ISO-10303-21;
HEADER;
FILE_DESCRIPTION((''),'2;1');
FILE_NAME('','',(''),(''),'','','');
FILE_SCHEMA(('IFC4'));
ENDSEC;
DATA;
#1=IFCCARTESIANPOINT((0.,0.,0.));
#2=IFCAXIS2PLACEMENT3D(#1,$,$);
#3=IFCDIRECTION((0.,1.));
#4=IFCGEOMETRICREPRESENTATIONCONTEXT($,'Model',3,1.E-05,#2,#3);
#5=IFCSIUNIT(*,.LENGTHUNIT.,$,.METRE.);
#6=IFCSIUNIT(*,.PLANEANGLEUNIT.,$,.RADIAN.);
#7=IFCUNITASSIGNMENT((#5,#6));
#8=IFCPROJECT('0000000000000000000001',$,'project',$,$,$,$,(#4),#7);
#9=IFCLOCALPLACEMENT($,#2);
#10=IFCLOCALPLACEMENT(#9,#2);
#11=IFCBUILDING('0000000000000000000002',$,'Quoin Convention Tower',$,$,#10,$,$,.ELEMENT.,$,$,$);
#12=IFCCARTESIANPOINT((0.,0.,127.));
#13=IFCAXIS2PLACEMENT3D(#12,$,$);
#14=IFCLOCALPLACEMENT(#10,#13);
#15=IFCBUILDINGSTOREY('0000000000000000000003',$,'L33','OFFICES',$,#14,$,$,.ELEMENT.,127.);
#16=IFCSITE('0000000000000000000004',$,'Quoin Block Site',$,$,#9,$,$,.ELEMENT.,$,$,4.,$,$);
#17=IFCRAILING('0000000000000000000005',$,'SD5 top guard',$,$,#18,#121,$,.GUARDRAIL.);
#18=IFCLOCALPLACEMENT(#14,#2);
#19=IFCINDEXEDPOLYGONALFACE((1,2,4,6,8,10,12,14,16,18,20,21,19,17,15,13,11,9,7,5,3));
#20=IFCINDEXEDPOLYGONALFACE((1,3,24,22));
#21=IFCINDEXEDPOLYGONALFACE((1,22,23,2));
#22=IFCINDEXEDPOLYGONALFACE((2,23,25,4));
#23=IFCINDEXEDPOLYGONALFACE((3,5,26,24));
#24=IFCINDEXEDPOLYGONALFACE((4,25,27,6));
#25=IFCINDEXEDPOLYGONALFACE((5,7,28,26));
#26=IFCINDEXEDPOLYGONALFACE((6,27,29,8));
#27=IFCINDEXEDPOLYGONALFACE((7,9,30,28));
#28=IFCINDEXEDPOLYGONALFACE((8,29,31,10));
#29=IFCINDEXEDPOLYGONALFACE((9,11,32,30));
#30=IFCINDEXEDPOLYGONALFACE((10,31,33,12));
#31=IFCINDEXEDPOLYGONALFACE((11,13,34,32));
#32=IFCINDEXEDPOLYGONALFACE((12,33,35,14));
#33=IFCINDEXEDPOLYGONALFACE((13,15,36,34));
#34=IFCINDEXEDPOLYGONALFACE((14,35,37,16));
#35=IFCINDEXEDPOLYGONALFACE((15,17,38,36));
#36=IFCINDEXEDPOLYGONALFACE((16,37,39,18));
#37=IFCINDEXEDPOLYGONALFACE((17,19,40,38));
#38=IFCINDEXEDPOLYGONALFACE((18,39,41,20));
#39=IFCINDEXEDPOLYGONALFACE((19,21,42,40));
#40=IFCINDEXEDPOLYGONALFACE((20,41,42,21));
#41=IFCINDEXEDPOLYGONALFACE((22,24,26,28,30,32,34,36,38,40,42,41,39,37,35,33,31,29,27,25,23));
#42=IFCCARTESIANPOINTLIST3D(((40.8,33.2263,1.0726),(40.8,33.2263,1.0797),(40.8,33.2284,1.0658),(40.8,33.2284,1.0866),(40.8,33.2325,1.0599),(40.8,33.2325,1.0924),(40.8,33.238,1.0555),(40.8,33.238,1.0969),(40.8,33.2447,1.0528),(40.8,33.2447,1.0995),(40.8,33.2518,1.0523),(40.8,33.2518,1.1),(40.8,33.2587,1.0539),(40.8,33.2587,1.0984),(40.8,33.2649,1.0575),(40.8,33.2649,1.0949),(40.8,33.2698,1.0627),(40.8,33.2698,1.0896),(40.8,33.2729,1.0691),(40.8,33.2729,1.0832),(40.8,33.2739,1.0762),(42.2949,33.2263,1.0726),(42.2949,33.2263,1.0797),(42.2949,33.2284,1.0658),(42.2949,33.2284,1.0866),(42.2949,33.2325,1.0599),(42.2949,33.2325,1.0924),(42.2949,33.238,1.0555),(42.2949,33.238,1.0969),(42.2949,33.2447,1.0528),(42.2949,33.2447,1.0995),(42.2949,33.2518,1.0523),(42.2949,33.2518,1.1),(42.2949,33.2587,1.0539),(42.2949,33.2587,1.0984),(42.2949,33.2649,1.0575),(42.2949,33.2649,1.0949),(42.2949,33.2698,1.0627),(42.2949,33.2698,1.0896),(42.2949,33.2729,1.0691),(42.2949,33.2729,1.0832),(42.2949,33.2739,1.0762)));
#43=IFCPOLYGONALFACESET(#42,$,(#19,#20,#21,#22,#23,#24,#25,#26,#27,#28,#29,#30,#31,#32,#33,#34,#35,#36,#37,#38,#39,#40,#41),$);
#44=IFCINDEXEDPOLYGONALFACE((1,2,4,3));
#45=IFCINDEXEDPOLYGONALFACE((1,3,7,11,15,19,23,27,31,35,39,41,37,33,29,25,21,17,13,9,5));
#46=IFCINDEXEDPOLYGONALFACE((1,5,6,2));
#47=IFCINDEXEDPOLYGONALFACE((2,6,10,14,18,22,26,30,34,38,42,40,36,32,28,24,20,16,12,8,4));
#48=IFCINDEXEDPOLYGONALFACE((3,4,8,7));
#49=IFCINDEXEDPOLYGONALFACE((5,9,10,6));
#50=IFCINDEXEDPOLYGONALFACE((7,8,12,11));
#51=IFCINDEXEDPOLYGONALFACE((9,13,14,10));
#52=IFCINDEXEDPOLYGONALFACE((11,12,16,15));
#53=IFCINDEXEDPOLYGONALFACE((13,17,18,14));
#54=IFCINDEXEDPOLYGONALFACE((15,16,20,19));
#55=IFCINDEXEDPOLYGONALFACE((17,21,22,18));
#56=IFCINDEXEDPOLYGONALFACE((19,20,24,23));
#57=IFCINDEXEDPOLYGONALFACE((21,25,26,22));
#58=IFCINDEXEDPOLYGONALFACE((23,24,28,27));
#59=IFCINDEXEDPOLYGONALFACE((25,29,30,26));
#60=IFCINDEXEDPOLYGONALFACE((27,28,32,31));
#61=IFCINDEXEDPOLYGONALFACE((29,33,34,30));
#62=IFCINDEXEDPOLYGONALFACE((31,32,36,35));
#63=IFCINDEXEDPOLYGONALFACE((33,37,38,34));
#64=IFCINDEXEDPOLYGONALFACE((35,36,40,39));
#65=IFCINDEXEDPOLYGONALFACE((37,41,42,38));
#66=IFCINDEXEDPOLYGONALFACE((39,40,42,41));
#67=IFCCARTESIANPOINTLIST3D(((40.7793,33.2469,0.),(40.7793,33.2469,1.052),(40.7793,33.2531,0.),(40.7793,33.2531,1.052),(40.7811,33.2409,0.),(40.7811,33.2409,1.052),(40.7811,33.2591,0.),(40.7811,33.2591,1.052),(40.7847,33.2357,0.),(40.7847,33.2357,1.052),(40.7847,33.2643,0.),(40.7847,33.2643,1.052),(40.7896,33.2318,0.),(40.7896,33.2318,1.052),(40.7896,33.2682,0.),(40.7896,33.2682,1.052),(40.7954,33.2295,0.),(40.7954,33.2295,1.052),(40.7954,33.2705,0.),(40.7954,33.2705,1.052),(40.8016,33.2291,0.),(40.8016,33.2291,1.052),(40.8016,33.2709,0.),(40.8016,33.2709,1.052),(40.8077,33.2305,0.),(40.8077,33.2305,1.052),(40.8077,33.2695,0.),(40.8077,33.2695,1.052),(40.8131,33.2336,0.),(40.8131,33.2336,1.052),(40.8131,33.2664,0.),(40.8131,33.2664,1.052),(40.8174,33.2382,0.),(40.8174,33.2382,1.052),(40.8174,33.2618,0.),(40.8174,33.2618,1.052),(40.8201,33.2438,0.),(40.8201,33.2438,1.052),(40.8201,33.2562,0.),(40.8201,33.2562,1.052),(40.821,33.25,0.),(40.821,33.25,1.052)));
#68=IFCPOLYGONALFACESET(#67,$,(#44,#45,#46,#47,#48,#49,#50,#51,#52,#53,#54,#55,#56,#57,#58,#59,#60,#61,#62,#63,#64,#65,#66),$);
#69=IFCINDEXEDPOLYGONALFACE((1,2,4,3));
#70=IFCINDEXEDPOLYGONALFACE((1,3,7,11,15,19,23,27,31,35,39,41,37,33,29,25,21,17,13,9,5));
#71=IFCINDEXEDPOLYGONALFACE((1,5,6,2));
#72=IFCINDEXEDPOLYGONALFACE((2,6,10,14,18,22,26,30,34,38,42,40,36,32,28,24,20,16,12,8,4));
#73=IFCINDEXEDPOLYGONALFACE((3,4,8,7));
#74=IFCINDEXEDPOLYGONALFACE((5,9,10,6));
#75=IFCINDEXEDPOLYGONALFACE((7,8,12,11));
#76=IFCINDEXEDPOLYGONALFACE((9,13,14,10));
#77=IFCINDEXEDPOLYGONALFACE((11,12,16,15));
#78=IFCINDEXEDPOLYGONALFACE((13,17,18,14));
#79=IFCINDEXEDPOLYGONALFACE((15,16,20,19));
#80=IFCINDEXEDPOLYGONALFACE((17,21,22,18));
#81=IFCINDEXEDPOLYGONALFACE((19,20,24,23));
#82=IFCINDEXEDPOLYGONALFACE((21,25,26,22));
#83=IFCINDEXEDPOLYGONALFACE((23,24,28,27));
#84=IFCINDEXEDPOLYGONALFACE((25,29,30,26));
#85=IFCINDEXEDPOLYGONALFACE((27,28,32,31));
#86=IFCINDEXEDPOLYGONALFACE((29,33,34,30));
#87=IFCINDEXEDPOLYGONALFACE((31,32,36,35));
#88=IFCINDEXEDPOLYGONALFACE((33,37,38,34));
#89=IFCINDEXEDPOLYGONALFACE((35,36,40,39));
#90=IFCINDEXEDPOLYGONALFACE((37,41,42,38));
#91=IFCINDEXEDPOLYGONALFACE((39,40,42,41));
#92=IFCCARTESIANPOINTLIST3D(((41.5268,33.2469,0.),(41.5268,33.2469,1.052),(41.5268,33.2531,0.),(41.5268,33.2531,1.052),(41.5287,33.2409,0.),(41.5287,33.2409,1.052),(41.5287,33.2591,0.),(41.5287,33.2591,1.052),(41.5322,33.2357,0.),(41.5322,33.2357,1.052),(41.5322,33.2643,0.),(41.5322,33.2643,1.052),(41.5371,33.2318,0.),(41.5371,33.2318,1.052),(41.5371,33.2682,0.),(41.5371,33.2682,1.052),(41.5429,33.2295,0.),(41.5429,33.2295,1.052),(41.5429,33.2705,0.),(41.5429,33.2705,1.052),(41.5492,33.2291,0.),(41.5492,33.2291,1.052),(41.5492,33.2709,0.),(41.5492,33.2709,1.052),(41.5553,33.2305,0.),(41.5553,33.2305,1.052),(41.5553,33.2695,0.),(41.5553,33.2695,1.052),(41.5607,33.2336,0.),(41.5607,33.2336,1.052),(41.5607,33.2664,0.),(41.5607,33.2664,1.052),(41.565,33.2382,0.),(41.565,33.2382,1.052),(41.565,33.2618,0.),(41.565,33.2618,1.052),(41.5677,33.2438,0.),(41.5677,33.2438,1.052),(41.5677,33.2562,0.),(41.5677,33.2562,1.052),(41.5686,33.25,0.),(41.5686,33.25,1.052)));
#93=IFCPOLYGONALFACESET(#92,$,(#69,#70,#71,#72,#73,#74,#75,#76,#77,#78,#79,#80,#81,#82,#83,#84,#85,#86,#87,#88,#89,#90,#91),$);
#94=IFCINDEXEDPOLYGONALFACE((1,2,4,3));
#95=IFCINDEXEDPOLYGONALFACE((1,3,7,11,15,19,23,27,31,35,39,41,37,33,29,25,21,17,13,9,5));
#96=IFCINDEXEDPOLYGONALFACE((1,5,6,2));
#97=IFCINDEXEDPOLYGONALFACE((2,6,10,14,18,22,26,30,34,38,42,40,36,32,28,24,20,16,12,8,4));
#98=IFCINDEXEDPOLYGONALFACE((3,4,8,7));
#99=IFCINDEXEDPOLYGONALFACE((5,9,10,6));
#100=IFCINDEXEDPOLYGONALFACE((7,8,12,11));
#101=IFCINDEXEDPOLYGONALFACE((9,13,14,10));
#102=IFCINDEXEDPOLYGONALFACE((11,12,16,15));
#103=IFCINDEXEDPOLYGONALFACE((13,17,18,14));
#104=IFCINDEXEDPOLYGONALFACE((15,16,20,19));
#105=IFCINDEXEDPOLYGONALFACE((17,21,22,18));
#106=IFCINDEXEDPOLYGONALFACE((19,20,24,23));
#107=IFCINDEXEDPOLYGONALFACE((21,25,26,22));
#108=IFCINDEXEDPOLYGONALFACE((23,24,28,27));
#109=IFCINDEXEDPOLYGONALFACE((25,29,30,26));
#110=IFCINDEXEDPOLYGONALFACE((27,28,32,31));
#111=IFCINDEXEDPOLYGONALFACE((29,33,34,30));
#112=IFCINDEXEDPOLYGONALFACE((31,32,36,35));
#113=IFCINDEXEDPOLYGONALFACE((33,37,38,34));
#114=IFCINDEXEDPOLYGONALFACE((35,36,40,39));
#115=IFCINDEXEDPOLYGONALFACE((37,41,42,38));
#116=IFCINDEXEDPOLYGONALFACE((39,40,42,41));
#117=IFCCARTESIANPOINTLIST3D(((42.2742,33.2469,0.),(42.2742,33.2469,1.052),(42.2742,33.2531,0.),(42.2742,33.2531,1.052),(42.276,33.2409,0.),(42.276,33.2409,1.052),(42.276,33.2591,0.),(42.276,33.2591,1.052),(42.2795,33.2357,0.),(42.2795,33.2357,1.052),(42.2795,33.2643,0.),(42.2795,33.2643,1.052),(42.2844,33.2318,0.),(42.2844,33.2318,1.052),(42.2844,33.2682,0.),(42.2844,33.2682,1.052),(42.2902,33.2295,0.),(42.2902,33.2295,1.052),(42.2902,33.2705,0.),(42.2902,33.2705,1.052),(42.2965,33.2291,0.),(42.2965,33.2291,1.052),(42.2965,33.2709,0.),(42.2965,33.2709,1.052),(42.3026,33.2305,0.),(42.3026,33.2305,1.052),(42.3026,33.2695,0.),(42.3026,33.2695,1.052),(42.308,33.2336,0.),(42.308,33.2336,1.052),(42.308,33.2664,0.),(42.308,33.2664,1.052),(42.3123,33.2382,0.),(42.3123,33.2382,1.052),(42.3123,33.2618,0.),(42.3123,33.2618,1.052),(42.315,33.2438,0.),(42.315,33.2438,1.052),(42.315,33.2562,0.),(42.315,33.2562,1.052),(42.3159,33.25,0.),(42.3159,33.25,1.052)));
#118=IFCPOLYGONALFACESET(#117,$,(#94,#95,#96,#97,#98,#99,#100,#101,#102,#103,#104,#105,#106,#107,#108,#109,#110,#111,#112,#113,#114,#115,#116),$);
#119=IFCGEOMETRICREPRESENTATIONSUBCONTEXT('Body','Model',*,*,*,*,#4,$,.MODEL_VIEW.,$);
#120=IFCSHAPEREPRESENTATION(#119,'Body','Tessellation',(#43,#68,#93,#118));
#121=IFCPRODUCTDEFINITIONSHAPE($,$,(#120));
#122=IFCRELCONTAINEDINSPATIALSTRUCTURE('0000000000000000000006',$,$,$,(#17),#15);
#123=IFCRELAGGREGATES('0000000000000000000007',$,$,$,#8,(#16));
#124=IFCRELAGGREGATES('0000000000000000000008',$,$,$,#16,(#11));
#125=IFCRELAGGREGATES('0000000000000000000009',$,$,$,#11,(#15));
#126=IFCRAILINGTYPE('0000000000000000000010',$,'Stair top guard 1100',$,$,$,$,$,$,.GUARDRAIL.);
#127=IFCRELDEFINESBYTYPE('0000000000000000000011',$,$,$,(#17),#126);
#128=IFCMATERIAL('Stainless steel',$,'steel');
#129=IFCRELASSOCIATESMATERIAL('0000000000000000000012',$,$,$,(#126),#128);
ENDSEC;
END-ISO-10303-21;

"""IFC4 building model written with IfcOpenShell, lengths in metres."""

from ifc_helpers import new_model, si_unit, direction, frame, origin, origin_2d, place, context, subcontext, project, spatial, circle, extrude, material, type_object, element, save


model = new_model("IFC4")

# Units and contexts
model_context = context("Model", 3, precision=1e-05, world=origin(), true_north=direction((0.0, 1.0)))
body_context = subcontext(model_context, "Body", "Model", "MODEL_VIEW")
ifc_project = project(units=[si_unit("LENGTHUNIT", "METRE"), si_unit("PLANEANGLEUNIT", "RADIAN")], contexts=[model_context])

# Site, building, storey
site_placement = place(None, origin())
site = spatial("IfcSite", under=ifc_project, at=site_placement, Name="Quoin Block Site", CompositionType="ELEMENT", RefElevation=4.0)
building_placement = place(site_placement, origin())
building = spatial("IfcBuilding", under=site, at=building_placement, Name="Quoin Convention Tower", CompositionType="ELEMENT")
storey_placement = place(building_placement, frame((0.0, 0.0, 127.0)))
storey = spatial("IfcBuildingStorey", under=building, at=storey_placement, Name="L33", Description="OFFICES", CompositionType="ELEMENT", Elevation=127.0)

# Railing
ifc_material_1 = material(Name="Stainless steel", Category="steel")
railing_type_1 = type_object("IfcRailingType", Name="Stair top guard 1100", PredefinedType="GUARDRAIL", material=ifc_material_1)
railing_1_placement = place(storey_placement, frame((40.8, 33.25, 0.0)))
element("IfcRailing", 1, at=railing_1_placement, inside=storey, type_object=railing_type_1, Name="SD5 top guard", PredefinedType="GUARDRAIL", context=body_context, shape_type="SweptSolid", body=[
    extrude(circle(Radius=0.0239, at=origin_2d()), frame((0.0, 0.0, 1.0762), z_axis=(1.0, 0.0, 0.0), x_axis=(0.0, 1.0, 0.0)), (0.0, 0.0, 1.0), 1.4949),
    extrude(circle(Radius=0.021, at=origin_2d()), origin(), (0.0, 0.0, 1.0), 1.052),
    extrude(circle(Radius=0.021, at=origin_2d()), frame((0.7476, 0.0, 0.0)), (0.0, 0.0, 1.0), 1.052),
    extrude(circle(Radius=0.021, at=origin_2d()), frame((1.4949, 0.0, 0.0)), (0.0, 0.0, 1.0), 1.052),
])

save(model, "model.ifc")
